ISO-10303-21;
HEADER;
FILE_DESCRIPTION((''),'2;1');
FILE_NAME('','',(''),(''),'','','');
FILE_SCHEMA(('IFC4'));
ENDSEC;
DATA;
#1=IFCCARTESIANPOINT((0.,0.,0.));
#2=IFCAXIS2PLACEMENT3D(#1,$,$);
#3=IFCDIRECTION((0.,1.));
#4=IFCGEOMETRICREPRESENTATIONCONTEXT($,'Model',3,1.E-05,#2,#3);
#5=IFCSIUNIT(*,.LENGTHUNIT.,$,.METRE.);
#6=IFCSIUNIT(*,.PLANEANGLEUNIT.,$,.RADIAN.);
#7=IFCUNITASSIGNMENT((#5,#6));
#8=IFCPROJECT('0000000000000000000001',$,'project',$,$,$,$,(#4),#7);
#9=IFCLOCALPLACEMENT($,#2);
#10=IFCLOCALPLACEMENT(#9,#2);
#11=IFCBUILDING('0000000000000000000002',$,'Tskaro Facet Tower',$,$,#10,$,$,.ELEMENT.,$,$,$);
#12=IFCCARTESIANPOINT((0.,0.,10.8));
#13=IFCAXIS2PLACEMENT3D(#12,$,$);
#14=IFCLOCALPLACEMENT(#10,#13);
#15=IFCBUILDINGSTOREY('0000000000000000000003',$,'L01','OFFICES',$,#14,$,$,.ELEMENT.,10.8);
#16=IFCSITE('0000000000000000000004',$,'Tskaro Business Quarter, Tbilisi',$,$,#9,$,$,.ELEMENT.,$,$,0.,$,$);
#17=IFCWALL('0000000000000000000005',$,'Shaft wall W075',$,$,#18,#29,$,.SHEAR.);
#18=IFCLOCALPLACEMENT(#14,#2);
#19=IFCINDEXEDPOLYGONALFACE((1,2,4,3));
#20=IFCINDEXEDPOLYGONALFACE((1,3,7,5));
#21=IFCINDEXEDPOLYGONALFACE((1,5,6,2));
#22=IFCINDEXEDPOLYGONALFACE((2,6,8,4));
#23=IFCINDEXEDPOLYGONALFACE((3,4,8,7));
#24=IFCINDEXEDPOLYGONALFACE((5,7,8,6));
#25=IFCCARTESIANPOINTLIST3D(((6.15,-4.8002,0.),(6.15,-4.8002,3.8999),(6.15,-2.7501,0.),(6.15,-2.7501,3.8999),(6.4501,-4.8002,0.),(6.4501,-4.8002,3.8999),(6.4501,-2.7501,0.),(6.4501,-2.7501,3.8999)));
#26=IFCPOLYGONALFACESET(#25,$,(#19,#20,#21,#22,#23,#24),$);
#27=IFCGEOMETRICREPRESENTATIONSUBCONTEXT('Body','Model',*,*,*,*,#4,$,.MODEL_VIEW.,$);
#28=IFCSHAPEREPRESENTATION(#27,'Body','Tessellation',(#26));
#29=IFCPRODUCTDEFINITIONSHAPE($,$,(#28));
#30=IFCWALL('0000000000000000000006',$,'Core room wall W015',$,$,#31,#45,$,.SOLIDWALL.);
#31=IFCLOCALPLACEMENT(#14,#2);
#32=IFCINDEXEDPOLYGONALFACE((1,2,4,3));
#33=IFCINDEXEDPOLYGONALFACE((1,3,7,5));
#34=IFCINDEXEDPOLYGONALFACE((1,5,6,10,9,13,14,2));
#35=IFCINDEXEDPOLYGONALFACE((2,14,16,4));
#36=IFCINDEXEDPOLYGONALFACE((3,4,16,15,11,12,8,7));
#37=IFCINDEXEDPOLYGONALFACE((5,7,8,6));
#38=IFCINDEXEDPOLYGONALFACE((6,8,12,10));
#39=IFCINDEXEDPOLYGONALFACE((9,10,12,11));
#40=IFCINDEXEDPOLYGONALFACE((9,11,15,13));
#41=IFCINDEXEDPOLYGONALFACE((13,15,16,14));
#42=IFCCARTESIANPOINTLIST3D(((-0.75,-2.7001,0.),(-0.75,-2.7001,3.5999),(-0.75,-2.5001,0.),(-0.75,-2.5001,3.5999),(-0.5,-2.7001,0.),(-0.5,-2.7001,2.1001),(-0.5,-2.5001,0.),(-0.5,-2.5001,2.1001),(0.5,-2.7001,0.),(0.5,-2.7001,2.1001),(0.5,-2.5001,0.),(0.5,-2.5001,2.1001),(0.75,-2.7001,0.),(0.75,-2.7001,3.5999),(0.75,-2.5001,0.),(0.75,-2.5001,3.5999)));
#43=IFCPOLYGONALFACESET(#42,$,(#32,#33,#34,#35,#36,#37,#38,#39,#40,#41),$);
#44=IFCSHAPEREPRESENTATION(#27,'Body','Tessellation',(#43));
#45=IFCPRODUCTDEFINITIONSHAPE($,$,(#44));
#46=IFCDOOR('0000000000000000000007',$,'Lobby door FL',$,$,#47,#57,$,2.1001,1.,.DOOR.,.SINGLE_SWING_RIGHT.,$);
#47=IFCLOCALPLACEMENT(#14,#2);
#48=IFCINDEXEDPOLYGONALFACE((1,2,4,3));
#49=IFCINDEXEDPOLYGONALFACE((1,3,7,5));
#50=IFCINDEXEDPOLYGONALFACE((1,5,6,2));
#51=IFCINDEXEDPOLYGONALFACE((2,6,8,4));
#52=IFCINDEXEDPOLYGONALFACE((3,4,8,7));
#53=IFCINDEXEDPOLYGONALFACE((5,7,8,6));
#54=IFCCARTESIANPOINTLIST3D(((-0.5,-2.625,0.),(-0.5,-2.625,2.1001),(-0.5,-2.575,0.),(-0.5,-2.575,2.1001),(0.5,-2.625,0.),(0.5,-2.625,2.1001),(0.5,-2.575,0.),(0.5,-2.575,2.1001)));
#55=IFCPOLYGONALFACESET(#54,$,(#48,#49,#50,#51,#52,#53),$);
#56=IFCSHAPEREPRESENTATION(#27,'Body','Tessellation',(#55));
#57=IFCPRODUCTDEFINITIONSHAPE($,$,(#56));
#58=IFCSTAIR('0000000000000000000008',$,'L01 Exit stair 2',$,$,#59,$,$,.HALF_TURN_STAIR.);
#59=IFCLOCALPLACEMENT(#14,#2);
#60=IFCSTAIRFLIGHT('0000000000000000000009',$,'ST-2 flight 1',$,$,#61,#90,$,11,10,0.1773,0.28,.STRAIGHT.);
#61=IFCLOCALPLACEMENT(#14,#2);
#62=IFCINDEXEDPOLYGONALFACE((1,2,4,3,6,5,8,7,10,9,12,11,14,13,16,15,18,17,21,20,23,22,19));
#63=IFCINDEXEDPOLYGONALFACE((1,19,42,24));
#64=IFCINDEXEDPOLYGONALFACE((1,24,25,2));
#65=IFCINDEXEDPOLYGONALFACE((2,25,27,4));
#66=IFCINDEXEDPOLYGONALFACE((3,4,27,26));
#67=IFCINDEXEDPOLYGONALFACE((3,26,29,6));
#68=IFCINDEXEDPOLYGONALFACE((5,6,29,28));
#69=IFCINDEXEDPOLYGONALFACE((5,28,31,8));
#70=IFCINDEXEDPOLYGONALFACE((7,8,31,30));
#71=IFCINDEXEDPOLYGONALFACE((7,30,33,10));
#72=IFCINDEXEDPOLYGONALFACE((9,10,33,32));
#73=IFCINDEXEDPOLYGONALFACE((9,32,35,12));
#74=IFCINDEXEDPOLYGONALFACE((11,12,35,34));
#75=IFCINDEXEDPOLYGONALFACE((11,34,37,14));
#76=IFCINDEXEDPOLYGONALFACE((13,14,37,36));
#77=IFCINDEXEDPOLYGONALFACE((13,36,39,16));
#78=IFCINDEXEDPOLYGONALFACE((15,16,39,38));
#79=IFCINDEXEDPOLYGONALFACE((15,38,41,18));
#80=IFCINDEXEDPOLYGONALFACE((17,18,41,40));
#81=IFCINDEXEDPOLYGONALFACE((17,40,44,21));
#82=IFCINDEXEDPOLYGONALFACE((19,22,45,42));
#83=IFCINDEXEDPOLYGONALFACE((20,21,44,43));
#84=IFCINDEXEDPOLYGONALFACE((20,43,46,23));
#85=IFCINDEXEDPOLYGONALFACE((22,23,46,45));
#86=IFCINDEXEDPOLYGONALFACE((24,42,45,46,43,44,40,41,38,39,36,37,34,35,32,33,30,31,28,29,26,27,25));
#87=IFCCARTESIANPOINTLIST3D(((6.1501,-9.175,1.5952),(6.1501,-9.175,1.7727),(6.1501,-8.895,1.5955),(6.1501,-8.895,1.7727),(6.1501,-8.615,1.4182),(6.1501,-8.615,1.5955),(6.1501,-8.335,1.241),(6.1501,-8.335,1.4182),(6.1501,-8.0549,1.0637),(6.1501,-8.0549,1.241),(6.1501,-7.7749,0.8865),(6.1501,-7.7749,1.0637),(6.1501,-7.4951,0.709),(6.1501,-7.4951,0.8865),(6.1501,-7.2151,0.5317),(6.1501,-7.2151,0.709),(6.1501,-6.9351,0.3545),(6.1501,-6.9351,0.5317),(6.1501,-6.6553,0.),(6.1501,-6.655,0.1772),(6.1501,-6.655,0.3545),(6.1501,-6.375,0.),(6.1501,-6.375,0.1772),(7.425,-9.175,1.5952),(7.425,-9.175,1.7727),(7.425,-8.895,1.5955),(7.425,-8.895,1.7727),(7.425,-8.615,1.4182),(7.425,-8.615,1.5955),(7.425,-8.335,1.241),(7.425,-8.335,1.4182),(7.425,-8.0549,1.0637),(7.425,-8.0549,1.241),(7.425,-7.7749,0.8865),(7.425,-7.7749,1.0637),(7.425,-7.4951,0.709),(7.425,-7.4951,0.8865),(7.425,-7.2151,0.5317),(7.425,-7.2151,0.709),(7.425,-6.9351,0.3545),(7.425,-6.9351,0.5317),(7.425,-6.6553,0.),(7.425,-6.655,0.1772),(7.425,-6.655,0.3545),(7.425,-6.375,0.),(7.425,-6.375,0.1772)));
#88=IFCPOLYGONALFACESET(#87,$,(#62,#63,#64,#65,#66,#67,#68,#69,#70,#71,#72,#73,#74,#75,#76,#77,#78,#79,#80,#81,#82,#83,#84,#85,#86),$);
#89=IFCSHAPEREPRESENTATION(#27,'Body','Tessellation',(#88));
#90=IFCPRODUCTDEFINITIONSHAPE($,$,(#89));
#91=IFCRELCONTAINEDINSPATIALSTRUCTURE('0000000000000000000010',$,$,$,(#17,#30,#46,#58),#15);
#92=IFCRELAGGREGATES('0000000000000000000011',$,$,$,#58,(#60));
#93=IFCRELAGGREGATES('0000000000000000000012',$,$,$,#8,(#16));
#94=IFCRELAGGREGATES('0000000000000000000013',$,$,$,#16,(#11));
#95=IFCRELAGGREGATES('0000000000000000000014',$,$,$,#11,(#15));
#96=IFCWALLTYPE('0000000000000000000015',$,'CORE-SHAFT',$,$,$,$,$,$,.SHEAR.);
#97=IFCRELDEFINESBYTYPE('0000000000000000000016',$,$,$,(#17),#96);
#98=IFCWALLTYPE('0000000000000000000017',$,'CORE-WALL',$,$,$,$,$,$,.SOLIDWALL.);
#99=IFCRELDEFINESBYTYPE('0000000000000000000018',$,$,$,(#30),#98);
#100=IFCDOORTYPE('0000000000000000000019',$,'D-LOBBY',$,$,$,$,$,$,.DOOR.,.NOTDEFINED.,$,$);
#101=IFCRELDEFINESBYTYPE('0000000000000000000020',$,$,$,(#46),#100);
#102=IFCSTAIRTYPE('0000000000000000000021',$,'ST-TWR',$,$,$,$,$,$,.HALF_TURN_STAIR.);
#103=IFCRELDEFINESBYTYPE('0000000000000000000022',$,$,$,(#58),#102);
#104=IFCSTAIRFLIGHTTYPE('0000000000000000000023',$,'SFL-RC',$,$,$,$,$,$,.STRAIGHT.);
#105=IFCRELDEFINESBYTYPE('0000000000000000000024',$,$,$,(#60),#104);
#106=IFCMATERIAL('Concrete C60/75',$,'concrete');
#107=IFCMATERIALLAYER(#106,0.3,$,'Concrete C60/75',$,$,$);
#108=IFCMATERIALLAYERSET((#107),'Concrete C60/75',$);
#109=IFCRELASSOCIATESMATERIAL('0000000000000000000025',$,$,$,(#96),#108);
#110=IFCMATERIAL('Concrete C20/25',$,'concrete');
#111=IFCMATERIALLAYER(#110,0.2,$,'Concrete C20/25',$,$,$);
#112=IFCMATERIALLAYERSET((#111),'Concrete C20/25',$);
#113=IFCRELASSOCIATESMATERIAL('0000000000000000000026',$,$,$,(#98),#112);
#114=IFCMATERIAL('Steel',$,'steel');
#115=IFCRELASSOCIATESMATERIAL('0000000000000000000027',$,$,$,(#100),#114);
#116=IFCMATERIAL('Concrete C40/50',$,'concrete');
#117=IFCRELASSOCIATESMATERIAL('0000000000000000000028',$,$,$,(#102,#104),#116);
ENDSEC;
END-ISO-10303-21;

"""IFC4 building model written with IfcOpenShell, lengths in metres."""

from ifc_helpers import new_model, si_unit, direction, frame, frame_2d, origin, place, context, subcontext, project, spatial, polyline, rectangle, outline, extrude, material, layer, layer_set, type_object, element, fill, aggregate, save


model = new_model("IFC4")

# Units and contexts
model_context = context("Model", 3, precision=1e-05, world=origin(), true_north=direction((0.0, 1.0)))
body_context = subcontext(model_context, "Body", "Model", "MODEL_VIEW")
ifc_project = project(units=[si_unit("LENGTHUNIT", "METRE"), si_unit("PLANEANGLEUNIT", "RADIAN")], contexts=[model_context])

# Site, building, storey
site_placement = place(None, origin())
site = spatial("IfcSite", under=ifc_project, at=site_placement, Name="Tskaro Business Quarter, Tbilisi", CompositionType="ELEMENT", RefElevation=0.0)
building_placement = place(site_placement, origin())
building = spatial("IfcBuilding", under=site, at=building_placement, Name="Tskaro Facet Tower", CompositionType="ELEMENT")
storey_placement = place(building_placement, frame((0.0, 0.0, 10.8)))
storey = spatial("IfcBuildingStorey", under=building, at=storey_placement, Name="L01", Description="OFFICES", CompositionType="ELEMENT", Elevation=10.8)

# Shared definitions
ifc_material_1 = material(Name="Concrete C60/75", Category="concrete")

# Shared definitions
ifc_layer_1 = layer(ifc_material_1, 0.3, Name="Concrete C60/75")
ifc_layer_set_1 = layer_set([ifc_layer_1], Name="Concrete C60/75")
wall_type_1 = type_object("IfcWallType", Name="CORE-SHAFT", PredefinedType="SHEAR", material=ifc_layer_set_1)

# Shared definitions
ifc_material_2 = material(Name="Steel", Category="steel")

# Wall
wall_1_placement = place(storey_placement, frame((6.3, -4.8, 0.0), z_axis=(0.0, 0.0, 1.0), x_axis=(0.0, 1.0, 0.0)))
element("IfcWall", 1, at=wall_1_placement, inside=storey, type_object=wall_type_1, Name="Shaft wall W075", PredefinedType="SHEAR", context=body_context, shape_type="SweptSolid", body=[
    extrude(rectangle(XDim=2.05, YDim=0.3, at=frame_2d((1.0249, 0.0))), origin(), (0.0, 0.0, 1.0), 3.8999),
])

# Wall, opening, door
ifc_material_3 = material(Name="Concrete C20/25", Category="concrete")
ifc_layer_2 = layer(ifc_material_3, 0.2, Name="Concrete C20/25")
ifc_layer_set_2 = layer_set([ifc_layer_2], Name="Concrete C20/25")
wall_type_2 = type_object("IfcWallType", Name="CORE-WALL", PredefinedType="SOLIDWALL", material=ifc_layer_set_2)
wall_2_placement = place(storey_placement, frame((0.75, -2.6001, 0.0), z_axis=(0.0, 0.0, 1.0), x_axis=(-1.0, 0.0, 0.0)))
wall_2 = element("IfcWall", 2, at=wall_2_placement, inside=storey, type_object=wall_type_2, Name="Core room wall W015", PredefinedType="SOLIDWALL", context=body_context, shape_type="SweptSolid", body=[
    extrude(rectangle(XDim=1.5, YDim=0.2, at=frame_2d((0.75, 0.0))), origin(), (0.0, 0.0, 1.0), 3.5999),
])
opening_1_placement = place(wall_2_placement, frame((0.25, 0.0, 0.0)))
opening_1 = element("IfcOpeningElement", 3, at=opening_1_placement, cuts=wall_2, PredefinedType="OPENING", context=body_context, shape_type="SweptSolid", body=[
    extrude(rectangle(XDim=1.0, YDim=2.1001, at=frame_2d((0.5, 1.05))), frame((0.0, 0.1099, 0.0), z_axis=(0.0, -1.0, 0.0), x_axis=(1.0, 0.0, 0.0)), (0.0, 0.0, 1.0), 0.22),
])
door_type_1 = type_object("IfcDoorType", Name="D-LOBBY", OperationType="NOTDEFINED", PredefinedType="DOOR", material=ifc_material_2)
door_1_placement = place(opening_1_placement, origin())
door_1 = element("IfcDoor", 4, at=door_1_placement, inside=storey, type_object=door_type_1, Name="Lobby door FL", OperationType="SINGLE_SWING_RIGHT", OverallHeight=2.1001, OverallWidth=1.0, PredefinedType="DOOR", context=body_context, shape_type="SweptSolid", body=[
    extrude(rectangle(XDim=1.0, YDim=2.1001, at=frame_2d((0.5, 1.05))), frame((0.0, 0.0249, 0.0), z_axis=(0.0, -1.0, 0.0), x_axis=(1.0, 0.0, 0.0)), (0.0, 0.0, 1.0), 0.05),
])
fill(opening_1, door_1)

# Stair, stair flight
ifc_material_4 = material(Name="Concrete C40/50", Category="concrete")
stair_type = type_object("IfcStairType", Name="ST-TWR", PredefinedType="HALF_TURN_STAIR", material=ifc_material_4)
stair_placement = place(storey_placement, origin())
stair = element("IfcStair", 5, at=stair_placement, inside=storey, type_object=stair_type, Name="L01 Exit stair 2", PredefinedType="HALF_TURN_STAIR")
stair_flight_type = type_object("IfcStairFlightType", Name="SFL-RC", PredefinedType="STRAIGHT", material=ifc_material_4)
stair_flight_placement = place(storey_placement, frame((6.7876, -6.375, 0.0), z_axis=(0.0, 0.0, 1.0), x_axis=(0.0, -1.0, 0.0)))
stair_flight = element("IfcStairFlight", 6, at=stair_flight_placement, type_object=stair_flight_type, Name="ST-2 flight 1", NumberOfRisers=11, NumberOfTreads=10, PredefinedType="STRAIGHT", RiserHeight=0.1773, TreadLength=0.28, context=body_context, shape_type="SweptSolid", body=[
    extrude(outline(polyline([(0.0, 0.0), (0.0, 0.1772), (0.28, 0.1772), (0.28, 0.3545), (0.5601, 0.3545), (0.5601, 0.5317), (0.8401, 0.5317), (0.8401, 0.709), (1.1201, 0.709), (1.1201, 0.8865), (1.3999, 0.8865), (1.3999, 1.0637), (1.6799, 1.0637), (1.6799, 1.241), (1.96, 1.241), (1.96, 1.4182), (2.24, 1.4182), (2.24, 1.5955), (2.52, 1.5955), (2.52, 1.7727), (2.8, 1.7727), (2.8, 1.95), (2.8, 1.5952), (0.2803, 0.0), (0.0, 0.0)])), frame((0.0, 0.6375, 0.0), z_axis=(0.0, -1.0, 0.0), x_axis=(1.0, 0.0, 0.0)), (0.0, 0.0, 1.0), 1.2749),
])
aggregate(stair, [stair_flight])

save(model, "model.ifc")
